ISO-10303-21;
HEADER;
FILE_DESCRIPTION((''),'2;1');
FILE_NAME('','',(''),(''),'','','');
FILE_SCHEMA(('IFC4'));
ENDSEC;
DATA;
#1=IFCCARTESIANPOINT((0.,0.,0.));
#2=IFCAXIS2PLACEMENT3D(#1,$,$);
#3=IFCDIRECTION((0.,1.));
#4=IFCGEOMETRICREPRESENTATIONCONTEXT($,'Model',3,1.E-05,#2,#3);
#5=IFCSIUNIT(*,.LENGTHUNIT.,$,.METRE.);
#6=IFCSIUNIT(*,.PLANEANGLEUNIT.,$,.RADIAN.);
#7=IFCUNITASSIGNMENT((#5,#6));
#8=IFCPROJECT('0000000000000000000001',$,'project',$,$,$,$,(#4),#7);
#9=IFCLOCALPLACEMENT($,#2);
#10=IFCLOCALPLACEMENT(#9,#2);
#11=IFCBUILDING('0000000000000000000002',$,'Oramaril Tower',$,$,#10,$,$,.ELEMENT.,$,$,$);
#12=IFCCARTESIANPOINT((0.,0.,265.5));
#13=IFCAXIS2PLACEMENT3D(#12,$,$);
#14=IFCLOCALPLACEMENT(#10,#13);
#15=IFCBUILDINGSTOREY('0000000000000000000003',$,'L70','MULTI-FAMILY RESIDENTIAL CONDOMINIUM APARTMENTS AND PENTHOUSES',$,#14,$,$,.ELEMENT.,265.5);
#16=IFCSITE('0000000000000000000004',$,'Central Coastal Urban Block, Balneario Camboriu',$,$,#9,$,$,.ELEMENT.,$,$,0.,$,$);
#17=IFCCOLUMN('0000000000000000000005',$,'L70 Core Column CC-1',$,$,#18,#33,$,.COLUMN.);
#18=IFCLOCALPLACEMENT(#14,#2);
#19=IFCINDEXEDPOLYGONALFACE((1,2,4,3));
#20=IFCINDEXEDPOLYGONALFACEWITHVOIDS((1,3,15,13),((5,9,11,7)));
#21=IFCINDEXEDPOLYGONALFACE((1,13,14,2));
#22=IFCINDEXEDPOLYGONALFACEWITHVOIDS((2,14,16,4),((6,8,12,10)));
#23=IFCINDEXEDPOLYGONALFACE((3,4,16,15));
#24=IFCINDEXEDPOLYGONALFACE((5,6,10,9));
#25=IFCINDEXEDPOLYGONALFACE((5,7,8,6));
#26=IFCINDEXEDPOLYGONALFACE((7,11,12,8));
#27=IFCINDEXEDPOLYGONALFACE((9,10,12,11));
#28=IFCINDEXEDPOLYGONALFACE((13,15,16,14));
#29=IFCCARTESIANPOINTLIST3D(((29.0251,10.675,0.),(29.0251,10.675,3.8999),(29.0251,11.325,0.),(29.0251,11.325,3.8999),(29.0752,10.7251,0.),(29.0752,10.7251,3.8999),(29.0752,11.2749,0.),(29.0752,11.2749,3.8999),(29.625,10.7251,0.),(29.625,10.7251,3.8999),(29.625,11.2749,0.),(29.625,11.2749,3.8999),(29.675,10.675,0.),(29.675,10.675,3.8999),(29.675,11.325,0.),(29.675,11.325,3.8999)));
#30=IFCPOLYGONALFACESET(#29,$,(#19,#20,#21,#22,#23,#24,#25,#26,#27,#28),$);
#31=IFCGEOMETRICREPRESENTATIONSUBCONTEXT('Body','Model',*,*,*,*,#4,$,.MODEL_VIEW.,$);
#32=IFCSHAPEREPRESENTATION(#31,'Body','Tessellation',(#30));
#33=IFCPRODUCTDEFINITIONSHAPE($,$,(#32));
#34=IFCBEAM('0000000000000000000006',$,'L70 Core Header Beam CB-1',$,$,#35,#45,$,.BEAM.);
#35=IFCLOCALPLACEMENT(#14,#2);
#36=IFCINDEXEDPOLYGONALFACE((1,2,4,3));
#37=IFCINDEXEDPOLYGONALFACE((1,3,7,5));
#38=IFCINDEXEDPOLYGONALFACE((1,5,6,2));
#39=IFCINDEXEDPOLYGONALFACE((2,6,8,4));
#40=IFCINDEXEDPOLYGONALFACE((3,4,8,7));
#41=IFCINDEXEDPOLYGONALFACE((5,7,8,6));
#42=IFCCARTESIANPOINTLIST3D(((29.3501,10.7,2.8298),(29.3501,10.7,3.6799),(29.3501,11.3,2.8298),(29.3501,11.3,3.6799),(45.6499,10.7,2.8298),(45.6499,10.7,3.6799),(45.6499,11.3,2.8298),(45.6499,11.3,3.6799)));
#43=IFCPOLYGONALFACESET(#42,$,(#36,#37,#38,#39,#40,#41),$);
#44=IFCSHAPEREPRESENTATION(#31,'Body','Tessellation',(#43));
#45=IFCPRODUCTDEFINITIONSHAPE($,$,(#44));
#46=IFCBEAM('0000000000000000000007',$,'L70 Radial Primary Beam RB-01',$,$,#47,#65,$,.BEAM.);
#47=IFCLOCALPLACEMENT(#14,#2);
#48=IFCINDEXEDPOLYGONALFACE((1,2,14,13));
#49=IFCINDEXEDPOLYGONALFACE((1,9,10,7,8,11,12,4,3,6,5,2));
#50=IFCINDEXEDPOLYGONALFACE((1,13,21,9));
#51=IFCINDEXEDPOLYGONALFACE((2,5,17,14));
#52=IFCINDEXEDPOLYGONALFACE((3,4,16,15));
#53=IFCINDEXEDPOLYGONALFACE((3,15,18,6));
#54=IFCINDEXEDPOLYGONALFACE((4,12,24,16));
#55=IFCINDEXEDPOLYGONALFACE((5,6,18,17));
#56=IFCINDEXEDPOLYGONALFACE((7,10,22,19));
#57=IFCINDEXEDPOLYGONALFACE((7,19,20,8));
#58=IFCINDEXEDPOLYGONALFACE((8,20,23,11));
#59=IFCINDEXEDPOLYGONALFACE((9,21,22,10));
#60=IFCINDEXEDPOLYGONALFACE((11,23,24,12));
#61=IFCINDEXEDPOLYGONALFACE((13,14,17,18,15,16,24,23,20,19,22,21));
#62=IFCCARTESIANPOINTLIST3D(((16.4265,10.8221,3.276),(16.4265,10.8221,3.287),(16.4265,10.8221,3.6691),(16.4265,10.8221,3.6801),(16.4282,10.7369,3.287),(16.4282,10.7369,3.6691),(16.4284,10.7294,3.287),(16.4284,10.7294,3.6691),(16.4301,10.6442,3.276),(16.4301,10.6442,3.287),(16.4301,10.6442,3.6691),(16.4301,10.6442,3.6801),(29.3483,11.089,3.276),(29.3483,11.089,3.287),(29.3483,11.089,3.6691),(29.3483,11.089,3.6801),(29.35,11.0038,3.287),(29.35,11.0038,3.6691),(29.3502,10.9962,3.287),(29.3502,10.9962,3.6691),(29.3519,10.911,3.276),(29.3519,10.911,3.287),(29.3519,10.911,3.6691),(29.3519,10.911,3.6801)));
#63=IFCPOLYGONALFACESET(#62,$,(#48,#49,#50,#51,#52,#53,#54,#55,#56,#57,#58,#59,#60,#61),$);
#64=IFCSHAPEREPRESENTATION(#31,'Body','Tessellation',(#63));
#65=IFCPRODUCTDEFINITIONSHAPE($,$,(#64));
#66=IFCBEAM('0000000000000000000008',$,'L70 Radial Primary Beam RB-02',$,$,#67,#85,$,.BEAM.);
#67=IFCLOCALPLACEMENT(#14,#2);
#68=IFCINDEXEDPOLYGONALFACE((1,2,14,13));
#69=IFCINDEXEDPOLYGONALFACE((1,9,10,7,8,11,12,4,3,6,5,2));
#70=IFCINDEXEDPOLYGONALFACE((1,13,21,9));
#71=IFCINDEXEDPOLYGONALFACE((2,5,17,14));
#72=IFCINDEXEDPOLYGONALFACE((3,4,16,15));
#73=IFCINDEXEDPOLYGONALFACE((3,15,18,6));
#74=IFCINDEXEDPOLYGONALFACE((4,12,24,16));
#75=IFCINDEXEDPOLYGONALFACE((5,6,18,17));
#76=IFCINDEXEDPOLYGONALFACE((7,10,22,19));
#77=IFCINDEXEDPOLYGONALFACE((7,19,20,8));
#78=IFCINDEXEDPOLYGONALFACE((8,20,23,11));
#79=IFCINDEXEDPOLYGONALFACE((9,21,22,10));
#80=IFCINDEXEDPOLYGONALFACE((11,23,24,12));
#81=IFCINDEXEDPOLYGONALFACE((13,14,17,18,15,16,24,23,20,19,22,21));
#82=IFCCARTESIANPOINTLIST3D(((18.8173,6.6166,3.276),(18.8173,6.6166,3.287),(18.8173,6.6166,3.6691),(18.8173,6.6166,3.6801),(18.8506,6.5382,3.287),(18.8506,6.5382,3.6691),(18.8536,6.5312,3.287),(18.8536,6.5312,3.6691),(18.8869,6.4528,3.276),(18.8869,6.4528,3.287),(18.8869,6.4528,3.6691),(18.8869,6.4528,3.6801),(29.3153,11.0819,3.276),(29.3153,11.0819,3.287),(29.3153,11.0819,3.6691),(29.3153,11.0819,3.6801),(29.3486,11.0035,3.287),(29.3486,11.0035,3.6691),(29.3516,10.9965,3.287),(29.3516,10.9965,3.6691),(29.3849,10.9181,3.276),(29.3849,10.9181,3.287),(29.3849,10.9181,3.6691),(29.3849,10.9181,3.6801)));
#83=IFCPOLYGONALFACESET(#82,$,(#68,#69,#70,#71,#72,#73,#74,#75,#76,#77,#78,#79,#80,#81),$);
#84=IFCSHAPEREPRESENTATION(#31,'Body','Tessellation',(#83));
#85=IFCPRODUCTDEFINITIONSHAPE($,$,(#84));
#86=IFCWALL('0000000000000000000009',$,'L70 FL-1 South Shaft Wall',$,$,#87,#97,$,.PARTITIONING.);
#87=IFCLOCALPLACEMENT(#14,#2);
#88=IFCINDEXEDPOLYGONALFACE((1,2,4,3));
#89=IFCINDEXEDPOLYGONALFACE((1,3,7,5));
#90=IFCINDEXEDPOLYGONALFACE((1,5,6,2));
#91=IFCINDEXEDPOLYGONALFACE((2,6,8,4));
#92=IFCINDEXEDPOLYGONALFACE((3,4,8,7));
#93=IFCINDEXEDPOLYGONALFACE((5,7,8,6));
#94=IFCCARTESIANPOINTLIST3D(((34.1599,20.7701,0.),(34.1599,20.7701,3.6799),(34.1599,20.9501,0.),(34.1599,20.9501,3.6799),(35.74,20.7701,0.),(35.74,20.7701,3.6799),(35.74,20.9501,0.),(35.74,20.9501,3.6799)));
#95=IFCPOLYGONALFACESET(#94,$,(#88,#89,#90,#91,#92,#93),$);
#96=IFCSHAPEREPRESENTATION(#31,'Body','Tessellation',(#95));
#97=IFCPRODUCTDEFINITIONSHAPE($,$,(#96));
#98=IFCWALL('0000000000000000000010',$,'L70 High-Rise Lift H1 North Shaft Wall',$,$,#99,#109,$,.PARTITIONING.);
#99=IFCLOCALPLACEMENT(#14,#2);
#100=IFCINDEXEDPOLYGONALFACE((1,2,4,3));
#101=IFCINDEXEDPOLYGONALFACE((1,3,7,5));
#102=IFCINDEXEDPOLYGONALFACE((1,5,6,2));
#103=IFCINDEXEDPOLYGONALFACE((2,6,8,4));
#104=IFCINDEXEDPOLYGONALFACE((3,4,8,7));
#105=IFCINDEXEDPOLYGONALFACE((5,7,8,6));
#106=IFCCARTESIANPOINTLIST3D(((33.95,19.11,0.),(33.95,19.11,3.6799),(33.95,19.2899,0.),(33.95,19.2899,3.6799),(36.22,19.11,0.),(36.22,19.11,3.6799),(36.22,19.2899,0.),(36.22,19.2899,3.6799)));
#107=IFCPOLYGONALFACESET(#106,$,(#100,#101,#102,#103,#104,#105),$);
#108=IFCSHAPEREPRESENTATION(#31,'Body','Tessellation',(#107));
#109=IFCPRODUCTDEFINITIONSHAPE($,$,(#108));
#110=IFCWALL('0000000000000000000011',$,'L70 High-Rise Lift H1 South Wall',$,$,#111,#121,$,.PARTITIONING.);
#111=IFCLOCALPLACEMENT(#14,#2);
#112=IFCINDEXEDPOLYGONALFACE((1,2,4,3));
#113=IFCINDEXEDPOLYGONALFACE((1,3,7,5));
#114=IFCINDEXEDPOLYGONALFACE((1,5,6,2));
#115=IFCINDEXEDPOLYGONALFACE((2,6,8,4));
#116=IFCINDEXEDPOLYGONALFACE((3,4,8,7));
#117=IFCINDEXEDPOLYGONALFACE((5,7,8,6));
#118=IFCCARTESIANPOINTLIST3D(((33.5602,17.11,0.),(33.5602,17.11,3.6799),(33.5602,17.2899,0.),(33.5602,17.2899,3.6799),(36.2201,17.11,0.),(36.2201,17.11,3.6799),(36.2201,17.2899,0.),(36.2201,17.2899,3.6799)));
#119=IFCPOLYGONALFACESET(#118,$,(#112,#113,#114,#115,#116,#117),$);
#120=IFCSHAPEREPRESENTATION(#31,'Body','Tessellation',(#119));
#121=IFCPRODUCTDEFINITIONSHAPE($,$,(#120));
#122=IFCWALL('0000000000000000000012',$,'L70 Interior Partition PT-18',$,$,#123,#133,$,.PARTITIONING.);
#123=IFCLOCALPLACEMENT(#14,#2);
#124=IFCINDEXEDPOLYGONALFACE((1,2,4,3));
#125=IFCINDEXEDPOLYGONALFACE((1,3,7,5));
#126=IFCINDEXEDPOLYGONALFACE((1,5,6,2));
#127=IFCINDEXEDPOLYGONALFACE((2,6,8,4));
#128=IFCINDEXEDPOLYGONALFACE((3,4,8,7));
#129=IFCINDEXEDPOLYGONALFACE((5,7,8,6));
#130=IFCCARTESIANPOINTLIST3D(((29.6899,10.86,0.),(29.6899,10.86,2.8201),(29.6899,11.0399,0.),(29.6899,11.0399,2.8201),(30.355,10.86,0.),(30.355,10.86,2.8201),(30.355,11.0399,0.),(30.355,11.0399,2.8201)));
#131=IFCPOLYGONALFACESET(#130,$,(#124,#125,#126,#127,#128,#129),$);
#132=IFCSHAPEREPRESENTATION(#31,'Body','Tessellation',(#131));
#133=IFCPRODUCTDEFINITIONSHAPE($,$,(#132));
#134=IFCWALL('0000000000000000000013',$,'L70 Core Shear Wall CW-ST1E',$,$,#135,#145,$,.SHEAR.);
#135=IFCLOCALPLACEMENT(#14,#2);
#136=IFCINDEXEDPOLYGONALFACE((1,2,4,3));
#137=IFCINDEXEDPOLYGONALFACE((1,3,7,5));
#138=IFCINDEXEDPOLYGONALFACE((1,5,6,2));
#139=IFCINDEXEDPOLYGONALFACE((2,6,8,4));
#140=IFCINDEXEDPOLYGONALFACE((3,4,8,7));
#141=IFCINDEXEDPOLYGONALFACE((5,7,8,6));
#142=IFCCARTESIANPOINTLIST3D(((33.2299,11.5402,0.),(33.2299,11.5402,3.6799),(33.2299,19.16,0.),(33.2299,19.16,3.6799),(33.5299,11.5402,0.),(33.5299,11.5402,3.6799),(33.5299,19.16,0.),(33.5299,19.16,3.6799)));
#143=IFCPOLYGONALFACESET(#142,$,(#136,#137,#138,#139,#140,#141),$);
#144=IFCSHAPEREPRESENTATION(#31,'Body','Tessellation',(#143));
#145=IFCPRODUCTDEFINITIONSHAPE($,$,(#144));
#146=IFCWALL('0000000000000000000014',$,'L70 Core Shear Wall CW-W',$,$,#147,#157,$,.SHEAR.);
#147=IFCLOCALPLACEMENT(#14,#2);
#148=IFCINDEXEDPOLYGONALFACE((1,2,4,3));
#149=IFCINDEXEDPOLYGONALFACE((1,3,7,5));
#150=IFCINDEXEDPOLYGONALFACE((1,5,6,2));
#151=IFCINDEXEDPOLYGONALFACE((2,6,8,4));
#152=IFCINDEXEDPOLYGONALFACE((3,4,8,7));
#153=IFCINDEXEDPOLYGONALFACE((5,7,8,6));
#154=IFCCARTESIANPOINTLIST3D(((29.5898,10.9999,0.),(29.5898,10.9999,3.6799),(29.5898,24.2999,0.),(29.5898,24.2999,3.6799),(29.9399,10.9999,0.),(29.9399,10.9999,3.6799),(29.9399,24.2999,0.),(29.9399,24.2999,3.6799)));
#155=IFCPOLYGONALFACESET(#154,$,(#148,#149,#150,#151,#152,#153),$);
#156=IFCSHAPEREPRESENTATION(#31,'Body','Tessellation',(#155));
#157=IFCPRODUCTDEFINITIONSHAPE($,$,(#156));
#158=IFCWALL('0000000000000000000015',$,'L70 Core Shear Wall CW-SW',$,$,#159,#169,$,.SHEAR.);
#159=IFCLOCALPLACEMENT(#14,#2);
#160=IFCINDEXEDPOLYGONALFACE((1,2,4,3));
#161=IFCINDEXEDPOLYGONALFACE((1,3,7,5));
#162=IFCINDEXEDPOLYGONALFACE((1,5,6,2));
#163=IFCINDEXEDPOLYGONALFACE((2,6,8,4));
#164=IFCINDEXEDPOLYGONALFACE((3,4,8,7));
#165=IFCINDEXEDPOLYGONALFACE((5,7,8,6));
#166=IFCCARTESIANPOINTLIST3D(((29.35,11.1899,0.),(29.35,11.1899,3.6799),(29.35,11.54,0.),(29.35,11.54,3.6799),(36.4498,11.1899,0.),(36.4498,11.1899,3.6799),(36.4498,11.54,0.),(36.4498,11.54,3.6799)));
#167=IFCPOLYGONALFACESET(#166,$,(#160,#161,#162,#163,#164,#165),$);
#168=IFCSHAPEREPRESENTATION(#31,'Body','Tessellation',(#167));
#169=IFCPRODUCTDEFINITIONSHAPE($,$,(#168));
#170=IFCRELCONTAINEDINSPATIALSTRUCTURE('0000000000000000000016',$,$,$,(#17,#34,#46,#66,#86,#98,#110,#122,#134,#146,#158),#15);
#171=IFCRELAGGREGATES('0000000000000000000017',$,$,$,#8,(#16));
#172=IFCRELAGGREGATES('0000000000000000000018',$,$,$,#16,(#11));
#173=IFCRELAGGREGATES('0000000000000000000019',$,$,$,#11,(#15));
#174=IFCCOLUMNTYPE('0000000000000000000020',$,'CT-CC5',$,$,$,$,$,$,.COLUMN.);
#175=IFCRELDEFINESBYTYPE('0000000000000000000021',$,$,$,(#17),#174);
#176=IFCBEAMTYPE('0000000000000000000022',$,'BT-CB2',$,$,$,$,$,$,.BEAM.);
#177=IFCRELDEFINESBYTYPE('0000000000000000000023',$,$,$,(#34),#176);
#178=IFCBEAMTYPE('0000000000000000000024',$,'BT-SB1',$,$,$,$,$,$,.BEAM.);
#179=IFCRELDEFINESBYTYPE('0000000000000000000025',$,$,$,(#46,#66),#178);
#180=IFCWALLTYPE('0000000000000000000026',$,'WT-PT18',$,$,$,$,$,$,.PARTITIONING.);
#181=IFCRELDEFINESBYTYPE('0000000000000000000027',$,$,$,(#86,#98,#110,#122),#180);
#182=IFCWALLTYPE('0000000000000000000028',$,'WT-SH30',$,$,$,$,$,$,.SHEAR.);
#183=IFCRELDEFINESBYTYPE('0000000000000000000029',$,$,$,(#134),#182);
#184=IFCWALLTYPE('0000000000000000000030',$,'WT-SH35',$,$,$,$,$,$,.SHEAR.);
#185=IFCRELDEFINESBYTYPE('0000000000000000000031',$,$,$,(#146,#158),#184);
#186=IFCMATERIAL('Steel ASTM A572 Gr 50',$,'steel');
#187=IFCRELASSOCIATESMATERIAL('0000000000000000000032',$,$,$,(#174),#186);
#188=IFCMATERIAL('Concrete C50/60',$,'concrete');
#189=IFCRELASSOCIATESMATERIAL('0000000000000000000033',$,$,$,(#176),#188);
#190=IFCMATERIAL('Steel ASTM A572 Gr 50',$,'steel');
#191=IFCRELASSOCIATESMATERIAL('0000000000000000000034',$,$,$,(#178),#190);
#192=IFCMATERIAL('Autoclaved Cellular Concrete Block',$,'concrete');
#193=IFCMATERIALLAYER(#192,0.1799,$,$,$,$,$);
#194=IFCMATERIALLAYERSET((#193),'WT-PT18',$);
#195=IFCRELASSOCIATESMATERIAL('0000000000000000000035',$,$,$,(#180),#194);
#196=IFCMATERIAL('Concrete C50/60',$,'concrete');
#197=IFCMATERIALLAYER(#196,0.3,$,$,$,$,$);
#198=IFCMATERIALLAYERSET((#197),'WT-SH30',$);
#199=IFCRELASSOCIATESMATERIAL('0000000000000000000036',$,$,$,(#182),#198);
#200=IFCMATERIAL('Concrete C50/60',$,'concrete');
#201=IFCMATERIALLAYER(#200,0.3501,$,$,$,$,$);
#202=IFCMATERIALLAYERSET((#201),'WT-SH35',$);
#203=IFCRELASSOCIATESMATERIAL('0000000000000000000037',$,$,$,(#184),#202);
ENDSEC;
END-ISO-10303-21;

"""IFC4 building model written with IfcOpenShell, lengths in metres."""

from ifc_helpers import new_model, si_unit, direction, frame, frame_2d, origin, origin_2d, place, context, subcontext, project, spatial, rectangle, hollow_rectangle, i_section, extrude, material, layer, layer_set, material_profile, profile_set, type_object, element, save


model = new_model("IFC4")

# Units and contexts
model_context = context("Model", 3, precision=1e-05, world=origin(), true_north=direction((0.0, 1.0)))
body_context = subcontext(model_context, "Body", "Model", "MODEL_VIEW")
ifc_project = project(units=[si_unit("LENGTHUNIT", "METRE"), si_unit("PLANEANGLEUNIT", "RADIAN")], contexts=[model_context])

# Site, building, storey
site_placement = place(None, origin())
site = spatial("IfcSite", under=ifc_project, at=site_placement, Name="Central Coastal Urban Block, Balneario Camboriu", CompositionType="ELEMENT", RefElevation=0.0)
building_placement = place(site_placement, origin())
building = spatial("IfcBuilding", under=site, at=building_placement, Name="Oramaril Tower", CompositionType="ELEMENT")
storey_placement = place(building_placement, frame((0.0, 0.0, 265.5)))
storey = spatial("IfcBuildingStorey", under=building, at=storey_placement, Name="L70", Description="MULTI-FAMILY RESIDENTIAL CONDOMINIUM APARTMENTS AND PENTHOUSES", CompositionType="ELEMENT", Elevation=265.5)

# Column
ifc_material_1 = material(Name="Steel ASTM A572 Gr 50", Category="steel")
ifc_material_profile_1 = material_profile(ifc_material_1, hollow_rectangle(XDim=0.6499, YDim=0.6499, WallThickness=0.05, at=origin_2d()), Name="BOX650X650X50")
ifc_profile_set_1 = profile_set([ifc_material_profile_1], Name="Steel ASTM A572 Gr 50")
column_type = type_object("IfcColumnType", Name="CT-CC5", PredefinedType="COLUMN", material=ifc_profile_set_1)
column_placement = place(storey_placement, frame((29.3501, 11.0, 0.0), z_axis=(0.0, 0.0, 1.0), x_axis=(1.0, 0.0, 0.0)))
element("IfcColumn", 1, at=column_placement, inside=storey, type_object=column_type, Name="L70 Core Column CC-1", PredefinedType="COLUMN", context=body_context, shape_type="SweptSolid", body=[
    extrude(hollow_rectangle(XDim=0.6499, YDim=0.6499, WallThickness=0.05, at=origin_2d()), origin(), (0.0, 0.0, 1.0), 3.8999),
])

# Beams
ifc_material_2 = material(Name="Concrete C50/60", Category="concrete")
ifc_material_profile_2 = material_profile(ifc_material_2, rectangle(XDim=0.6001, YDim=0.8501, at=origin_2d()), Name="CB600X850")
ifc_profile_set_2 = profile_set([ifc_material_profile_2], Name="Concrete C50/60")
beam_type_1 = type_object("IfcBeamType", Name="BT-CB2", PredefinedType="BEAM", material=ifc_profile_set_2)
beam_1_placement = place(storey_placement, frame((29.3501, 11.0, 3.2549), z_axis=(1.0, 0.0, 0.0), x_axis=(0.0, 1.0, 0.0)))
element("IfcBeam", 2, at=beam_1_placement, inside=storey, type_object=beam_type_1, Name="L70 Core Header Beam CB-1", PredefinedType="BEAM", context=body_context, shape_type="SweptSolid", body=[
    extrude(rectangle(XDim=0.6001, YDim=0.8501, at=origin_2d()), origin(), (0.0, 0.0, 1.0), 16.2998),
])
ifc_material_3 = material(Name="Steel ASTM A572 Gr 50", Category="steel")
ifc_material_profile_3 = material_profile(ifc_material_3, i_section(OverallWidth=0.178, OverallDepth=0.4041, WebThickness=0.0076, FlangeThickness=0.011, at=origin_2d()), Name="W16X36")
ifc_profile_set_3 = profile_set([ifc_material_profile_3], Name="Steel ASTM A572 Gr 50")
beam_type_2 = type_object("IfcBeamType", Name="BT-SB1", PredefinedType="BEAM", material=ifc_profile_set_3)
beam_2_placement = place(storey_placement, frame((29.3501, 11.0, 3.478), z_axis=(-0.999787, -0.020646, 0.0), x_axis=(0.020646, -0.999787, 0.0)))
element("IfcBeam", 3, at=beam_2_placement, inside=storey, type_object=beam_type_2, Name="L70 Radial Primary Beam RB-01", PredefinedType="BEAM", context=body_context, shape_type="SweptSolid", body=[
    extrude(i_section(OverallWidth=0.178, OverallDepth=0.4041, WebThickness=0.0076, FlangeThickness=0.011, at=origin_2d()), origin(), (0.0, 0.0, 1.0), 12.9246),
])
beam_3_placement = place(storey_placement, frame((29.3501, 11.0, 3.478), z_axis=(-0.920215, -0.391413, 0.0), x_axis=(0.391413, -0.920215, 0.0)))
element("IfcBeam", 4, at=beam_3_placement, inside=storey, type_object=beam_type_2, Name="L70 Radial Primary Beam RB-02", PredefinedType="BEAM", context=body_context, shape_type="SweptSolid", body=[
    extrude(i_section(OverallWidth=0.178, OverallDepth=0.4041, WebThickness=0.0076, FlangeThickness=0.011, at=origin_2d()), origin(), (0.0, 0.0, 1.0), 11.4082),
])

# Walls
ifc_material_4 = material(Name="Autoclaved Cellular Concrete Block", Category="concrete")
ifc_layer_1 = layer(ifc_material_4, 0.1799)
ifc_layer_set_1 = layer_set([ifc_layer_1], Name="WT-PT18")
wall_type_1 = type_object("IfcWallType", Name="WT-PT18", PredefinedType="PARTITIONING", material=ifc_layer_set_1)
wall_1_placement = place(storey_placement, frame((34.1599, 20.8601, 0.0), z_axis=(0.0, 0.0, 1.0), x_axis=(1.0, 0.0, 0.0)))
element("IfcWall", 5, at=wall_1_placement, inside=storey, type_object=wall_type_1, Name="L70 FL-1 South Shaft Wall", PredefinedType="PARTITIONING", context=body_context, shape_type="SweptSolid", body=[
    extrude(rectangle(XDim=1.5801, YDim=0.1799, at=frame_2d((0.79, 0.0))), origin(), (0.0, 0.0, 1.0), 3.6799),
])
wall_2_placement = place(storey_placement, frame((33.95, 19.2, 0.0), z_axis=(0.0, 0.0, 1.0), x_axis=(1.0, 0.0, 0.0)))
element("IfcWall", 6, at=wall_2_placement, inside=storey, type_object=wall_type_1, Name="L70 High-Rise Lift H1 North Shaft Wall", PredefinedType="PARTITIONING", context=body_context, shape_type="SweptSolid", body=[
    extrude(rectangle(XDim=2.27, YDim=0.1799, at=frame_2d((1.135, 0.0))), origin(), (0.0, 0.0, 1.0), 3.6799),
])
wall_3_placement = place(storey_placement, frame((33.5601, 17.2, 0.0), z_axis=(0.0, 0.0, 1.0), x_axis=(1.0, 0.0, 0.0)))
element("IfcWall", 7, at=wall_3_placement, inside=storey, type_object=wall_type_1, Name="L70 High-Rise Lift H1 South Wall", PredefinedType="PARTITIONING", context=body_context, shape_type="SweptSolid", body=[
    extrude(rectangle(XDim=2.6599, YDim=0.1799, at=frame_2d((1.3301, 0.0))), origin(), (0.0, 0.0, 1.0), 3.6799),
])
wall_4_placement = place(storey_placement, frame((29.6899, 10.95, 0.0), z_axis=(0.0, 0.0, 1.0), x_axis=(1.0, 0.0, 0.0)))
element("IfcWall", 8, at=wall_4_placement, inside=storey, type_object=wall_type_1, Name="L70 Interior Partition PT-18", PredefinedType="PARTITIONING", context=body_context, shape_type="SweptSolid", body=[
    extrude(rectangle(XDim=0.665, YDim=0.1799, at=frame_2d((0.3325, 0.0))), origin(), (0.0, 0.0, 1.0), 2.8201),
])

# Shared definitions
ifc_material_5 = material(Name="Concrete C50/60", Category="concrete")
ifc_layer_2 = layer(ifc_material_5, 0.3)
ifc_layer_set_2 = layer_set([ifc_layer_2], Name="WT-SH30")
wall_type_2 = type_object("IfcWallType", Name="WT-SH30", PredefinedType="SHEAR", material=ifc_layer_set_2)

# Walls
wall_5_placement = place(storey_placement, frame((33.3799, 11.54, 0.0), z_axis=(0.0, 0.0, 1.0), x_axis=(0.0, 1.0, 0.0)))
element("IfcWall", 9, at=wall_5_placement, inside=storey, type_object=wall_type_2, Name="L70 Core Shear Wall CW-ST1E", PredefinedType="SHEAR", context=body_context, shape_type="SweptSolid", body=[
    extrude(rectangle(XDim=7.6199, YDim=0.3, at=frame_2d((3.8101, 0.0))), origin(), (0.0, 0.0, 1.0), 3.6799),
])
ifc_material_6 = material(Name="Concrete C50/60", Category="concrete")
ifc_layer_3 = layer(ifc_material_6, 0.3501)
ifc_layer_set_3 = layer_set([ifc_layer_3], Name="WT-SH35")
wall_type_3 = type_object("IfcWallType", Name="WT-SH35", PredefinedType="SHEAR", material=ifc_layer_set_3)
wall_6_placement = place(storey_placement, frame((29.7649, 11.0, 0.0), z_axis=(0.0, 0.0, 1.0), x_axis=(0.0, 1.0, 0.0)))
element("IfcWall", 10, at=wall_6_placement, inside=storey, type_object=wall_type_3, Name="L70 Core Shear Wall CW-W", PredefinedType="SHEAR", context=body_context, shape_type="SweptSolid", body=[
    extrude(rectangle(XDim=13.3, YDim=0.3501, at=frame_2d((6.6499, 0.0))), origin(), (0.0, 0.0, 1.0), 3.6799),
])
wall_7_placement = place(storey_placement, frame((29.3501, 11.365, 0.0), z_axis=(0.0, 0.0, 1.0), x_axis=(1.0, 0.0, 0.0)))
element("IfcWall", 11, at=wall_7_placement, inside=storey, type_object=wall_type_3, Name="L70 Core Shear Wall CW-SW", PredefinedType="SHEAR", context=body_context, shape_type="SweptSolid", body=[
    extrude(rectangle(XDim=7.0999, YDim=0.3501, at=frame_2d((3.5498, 0.0))), origin(), (0.0, 0.0, 1.0), 3.6799),
])

save(model, "model.ifc")
